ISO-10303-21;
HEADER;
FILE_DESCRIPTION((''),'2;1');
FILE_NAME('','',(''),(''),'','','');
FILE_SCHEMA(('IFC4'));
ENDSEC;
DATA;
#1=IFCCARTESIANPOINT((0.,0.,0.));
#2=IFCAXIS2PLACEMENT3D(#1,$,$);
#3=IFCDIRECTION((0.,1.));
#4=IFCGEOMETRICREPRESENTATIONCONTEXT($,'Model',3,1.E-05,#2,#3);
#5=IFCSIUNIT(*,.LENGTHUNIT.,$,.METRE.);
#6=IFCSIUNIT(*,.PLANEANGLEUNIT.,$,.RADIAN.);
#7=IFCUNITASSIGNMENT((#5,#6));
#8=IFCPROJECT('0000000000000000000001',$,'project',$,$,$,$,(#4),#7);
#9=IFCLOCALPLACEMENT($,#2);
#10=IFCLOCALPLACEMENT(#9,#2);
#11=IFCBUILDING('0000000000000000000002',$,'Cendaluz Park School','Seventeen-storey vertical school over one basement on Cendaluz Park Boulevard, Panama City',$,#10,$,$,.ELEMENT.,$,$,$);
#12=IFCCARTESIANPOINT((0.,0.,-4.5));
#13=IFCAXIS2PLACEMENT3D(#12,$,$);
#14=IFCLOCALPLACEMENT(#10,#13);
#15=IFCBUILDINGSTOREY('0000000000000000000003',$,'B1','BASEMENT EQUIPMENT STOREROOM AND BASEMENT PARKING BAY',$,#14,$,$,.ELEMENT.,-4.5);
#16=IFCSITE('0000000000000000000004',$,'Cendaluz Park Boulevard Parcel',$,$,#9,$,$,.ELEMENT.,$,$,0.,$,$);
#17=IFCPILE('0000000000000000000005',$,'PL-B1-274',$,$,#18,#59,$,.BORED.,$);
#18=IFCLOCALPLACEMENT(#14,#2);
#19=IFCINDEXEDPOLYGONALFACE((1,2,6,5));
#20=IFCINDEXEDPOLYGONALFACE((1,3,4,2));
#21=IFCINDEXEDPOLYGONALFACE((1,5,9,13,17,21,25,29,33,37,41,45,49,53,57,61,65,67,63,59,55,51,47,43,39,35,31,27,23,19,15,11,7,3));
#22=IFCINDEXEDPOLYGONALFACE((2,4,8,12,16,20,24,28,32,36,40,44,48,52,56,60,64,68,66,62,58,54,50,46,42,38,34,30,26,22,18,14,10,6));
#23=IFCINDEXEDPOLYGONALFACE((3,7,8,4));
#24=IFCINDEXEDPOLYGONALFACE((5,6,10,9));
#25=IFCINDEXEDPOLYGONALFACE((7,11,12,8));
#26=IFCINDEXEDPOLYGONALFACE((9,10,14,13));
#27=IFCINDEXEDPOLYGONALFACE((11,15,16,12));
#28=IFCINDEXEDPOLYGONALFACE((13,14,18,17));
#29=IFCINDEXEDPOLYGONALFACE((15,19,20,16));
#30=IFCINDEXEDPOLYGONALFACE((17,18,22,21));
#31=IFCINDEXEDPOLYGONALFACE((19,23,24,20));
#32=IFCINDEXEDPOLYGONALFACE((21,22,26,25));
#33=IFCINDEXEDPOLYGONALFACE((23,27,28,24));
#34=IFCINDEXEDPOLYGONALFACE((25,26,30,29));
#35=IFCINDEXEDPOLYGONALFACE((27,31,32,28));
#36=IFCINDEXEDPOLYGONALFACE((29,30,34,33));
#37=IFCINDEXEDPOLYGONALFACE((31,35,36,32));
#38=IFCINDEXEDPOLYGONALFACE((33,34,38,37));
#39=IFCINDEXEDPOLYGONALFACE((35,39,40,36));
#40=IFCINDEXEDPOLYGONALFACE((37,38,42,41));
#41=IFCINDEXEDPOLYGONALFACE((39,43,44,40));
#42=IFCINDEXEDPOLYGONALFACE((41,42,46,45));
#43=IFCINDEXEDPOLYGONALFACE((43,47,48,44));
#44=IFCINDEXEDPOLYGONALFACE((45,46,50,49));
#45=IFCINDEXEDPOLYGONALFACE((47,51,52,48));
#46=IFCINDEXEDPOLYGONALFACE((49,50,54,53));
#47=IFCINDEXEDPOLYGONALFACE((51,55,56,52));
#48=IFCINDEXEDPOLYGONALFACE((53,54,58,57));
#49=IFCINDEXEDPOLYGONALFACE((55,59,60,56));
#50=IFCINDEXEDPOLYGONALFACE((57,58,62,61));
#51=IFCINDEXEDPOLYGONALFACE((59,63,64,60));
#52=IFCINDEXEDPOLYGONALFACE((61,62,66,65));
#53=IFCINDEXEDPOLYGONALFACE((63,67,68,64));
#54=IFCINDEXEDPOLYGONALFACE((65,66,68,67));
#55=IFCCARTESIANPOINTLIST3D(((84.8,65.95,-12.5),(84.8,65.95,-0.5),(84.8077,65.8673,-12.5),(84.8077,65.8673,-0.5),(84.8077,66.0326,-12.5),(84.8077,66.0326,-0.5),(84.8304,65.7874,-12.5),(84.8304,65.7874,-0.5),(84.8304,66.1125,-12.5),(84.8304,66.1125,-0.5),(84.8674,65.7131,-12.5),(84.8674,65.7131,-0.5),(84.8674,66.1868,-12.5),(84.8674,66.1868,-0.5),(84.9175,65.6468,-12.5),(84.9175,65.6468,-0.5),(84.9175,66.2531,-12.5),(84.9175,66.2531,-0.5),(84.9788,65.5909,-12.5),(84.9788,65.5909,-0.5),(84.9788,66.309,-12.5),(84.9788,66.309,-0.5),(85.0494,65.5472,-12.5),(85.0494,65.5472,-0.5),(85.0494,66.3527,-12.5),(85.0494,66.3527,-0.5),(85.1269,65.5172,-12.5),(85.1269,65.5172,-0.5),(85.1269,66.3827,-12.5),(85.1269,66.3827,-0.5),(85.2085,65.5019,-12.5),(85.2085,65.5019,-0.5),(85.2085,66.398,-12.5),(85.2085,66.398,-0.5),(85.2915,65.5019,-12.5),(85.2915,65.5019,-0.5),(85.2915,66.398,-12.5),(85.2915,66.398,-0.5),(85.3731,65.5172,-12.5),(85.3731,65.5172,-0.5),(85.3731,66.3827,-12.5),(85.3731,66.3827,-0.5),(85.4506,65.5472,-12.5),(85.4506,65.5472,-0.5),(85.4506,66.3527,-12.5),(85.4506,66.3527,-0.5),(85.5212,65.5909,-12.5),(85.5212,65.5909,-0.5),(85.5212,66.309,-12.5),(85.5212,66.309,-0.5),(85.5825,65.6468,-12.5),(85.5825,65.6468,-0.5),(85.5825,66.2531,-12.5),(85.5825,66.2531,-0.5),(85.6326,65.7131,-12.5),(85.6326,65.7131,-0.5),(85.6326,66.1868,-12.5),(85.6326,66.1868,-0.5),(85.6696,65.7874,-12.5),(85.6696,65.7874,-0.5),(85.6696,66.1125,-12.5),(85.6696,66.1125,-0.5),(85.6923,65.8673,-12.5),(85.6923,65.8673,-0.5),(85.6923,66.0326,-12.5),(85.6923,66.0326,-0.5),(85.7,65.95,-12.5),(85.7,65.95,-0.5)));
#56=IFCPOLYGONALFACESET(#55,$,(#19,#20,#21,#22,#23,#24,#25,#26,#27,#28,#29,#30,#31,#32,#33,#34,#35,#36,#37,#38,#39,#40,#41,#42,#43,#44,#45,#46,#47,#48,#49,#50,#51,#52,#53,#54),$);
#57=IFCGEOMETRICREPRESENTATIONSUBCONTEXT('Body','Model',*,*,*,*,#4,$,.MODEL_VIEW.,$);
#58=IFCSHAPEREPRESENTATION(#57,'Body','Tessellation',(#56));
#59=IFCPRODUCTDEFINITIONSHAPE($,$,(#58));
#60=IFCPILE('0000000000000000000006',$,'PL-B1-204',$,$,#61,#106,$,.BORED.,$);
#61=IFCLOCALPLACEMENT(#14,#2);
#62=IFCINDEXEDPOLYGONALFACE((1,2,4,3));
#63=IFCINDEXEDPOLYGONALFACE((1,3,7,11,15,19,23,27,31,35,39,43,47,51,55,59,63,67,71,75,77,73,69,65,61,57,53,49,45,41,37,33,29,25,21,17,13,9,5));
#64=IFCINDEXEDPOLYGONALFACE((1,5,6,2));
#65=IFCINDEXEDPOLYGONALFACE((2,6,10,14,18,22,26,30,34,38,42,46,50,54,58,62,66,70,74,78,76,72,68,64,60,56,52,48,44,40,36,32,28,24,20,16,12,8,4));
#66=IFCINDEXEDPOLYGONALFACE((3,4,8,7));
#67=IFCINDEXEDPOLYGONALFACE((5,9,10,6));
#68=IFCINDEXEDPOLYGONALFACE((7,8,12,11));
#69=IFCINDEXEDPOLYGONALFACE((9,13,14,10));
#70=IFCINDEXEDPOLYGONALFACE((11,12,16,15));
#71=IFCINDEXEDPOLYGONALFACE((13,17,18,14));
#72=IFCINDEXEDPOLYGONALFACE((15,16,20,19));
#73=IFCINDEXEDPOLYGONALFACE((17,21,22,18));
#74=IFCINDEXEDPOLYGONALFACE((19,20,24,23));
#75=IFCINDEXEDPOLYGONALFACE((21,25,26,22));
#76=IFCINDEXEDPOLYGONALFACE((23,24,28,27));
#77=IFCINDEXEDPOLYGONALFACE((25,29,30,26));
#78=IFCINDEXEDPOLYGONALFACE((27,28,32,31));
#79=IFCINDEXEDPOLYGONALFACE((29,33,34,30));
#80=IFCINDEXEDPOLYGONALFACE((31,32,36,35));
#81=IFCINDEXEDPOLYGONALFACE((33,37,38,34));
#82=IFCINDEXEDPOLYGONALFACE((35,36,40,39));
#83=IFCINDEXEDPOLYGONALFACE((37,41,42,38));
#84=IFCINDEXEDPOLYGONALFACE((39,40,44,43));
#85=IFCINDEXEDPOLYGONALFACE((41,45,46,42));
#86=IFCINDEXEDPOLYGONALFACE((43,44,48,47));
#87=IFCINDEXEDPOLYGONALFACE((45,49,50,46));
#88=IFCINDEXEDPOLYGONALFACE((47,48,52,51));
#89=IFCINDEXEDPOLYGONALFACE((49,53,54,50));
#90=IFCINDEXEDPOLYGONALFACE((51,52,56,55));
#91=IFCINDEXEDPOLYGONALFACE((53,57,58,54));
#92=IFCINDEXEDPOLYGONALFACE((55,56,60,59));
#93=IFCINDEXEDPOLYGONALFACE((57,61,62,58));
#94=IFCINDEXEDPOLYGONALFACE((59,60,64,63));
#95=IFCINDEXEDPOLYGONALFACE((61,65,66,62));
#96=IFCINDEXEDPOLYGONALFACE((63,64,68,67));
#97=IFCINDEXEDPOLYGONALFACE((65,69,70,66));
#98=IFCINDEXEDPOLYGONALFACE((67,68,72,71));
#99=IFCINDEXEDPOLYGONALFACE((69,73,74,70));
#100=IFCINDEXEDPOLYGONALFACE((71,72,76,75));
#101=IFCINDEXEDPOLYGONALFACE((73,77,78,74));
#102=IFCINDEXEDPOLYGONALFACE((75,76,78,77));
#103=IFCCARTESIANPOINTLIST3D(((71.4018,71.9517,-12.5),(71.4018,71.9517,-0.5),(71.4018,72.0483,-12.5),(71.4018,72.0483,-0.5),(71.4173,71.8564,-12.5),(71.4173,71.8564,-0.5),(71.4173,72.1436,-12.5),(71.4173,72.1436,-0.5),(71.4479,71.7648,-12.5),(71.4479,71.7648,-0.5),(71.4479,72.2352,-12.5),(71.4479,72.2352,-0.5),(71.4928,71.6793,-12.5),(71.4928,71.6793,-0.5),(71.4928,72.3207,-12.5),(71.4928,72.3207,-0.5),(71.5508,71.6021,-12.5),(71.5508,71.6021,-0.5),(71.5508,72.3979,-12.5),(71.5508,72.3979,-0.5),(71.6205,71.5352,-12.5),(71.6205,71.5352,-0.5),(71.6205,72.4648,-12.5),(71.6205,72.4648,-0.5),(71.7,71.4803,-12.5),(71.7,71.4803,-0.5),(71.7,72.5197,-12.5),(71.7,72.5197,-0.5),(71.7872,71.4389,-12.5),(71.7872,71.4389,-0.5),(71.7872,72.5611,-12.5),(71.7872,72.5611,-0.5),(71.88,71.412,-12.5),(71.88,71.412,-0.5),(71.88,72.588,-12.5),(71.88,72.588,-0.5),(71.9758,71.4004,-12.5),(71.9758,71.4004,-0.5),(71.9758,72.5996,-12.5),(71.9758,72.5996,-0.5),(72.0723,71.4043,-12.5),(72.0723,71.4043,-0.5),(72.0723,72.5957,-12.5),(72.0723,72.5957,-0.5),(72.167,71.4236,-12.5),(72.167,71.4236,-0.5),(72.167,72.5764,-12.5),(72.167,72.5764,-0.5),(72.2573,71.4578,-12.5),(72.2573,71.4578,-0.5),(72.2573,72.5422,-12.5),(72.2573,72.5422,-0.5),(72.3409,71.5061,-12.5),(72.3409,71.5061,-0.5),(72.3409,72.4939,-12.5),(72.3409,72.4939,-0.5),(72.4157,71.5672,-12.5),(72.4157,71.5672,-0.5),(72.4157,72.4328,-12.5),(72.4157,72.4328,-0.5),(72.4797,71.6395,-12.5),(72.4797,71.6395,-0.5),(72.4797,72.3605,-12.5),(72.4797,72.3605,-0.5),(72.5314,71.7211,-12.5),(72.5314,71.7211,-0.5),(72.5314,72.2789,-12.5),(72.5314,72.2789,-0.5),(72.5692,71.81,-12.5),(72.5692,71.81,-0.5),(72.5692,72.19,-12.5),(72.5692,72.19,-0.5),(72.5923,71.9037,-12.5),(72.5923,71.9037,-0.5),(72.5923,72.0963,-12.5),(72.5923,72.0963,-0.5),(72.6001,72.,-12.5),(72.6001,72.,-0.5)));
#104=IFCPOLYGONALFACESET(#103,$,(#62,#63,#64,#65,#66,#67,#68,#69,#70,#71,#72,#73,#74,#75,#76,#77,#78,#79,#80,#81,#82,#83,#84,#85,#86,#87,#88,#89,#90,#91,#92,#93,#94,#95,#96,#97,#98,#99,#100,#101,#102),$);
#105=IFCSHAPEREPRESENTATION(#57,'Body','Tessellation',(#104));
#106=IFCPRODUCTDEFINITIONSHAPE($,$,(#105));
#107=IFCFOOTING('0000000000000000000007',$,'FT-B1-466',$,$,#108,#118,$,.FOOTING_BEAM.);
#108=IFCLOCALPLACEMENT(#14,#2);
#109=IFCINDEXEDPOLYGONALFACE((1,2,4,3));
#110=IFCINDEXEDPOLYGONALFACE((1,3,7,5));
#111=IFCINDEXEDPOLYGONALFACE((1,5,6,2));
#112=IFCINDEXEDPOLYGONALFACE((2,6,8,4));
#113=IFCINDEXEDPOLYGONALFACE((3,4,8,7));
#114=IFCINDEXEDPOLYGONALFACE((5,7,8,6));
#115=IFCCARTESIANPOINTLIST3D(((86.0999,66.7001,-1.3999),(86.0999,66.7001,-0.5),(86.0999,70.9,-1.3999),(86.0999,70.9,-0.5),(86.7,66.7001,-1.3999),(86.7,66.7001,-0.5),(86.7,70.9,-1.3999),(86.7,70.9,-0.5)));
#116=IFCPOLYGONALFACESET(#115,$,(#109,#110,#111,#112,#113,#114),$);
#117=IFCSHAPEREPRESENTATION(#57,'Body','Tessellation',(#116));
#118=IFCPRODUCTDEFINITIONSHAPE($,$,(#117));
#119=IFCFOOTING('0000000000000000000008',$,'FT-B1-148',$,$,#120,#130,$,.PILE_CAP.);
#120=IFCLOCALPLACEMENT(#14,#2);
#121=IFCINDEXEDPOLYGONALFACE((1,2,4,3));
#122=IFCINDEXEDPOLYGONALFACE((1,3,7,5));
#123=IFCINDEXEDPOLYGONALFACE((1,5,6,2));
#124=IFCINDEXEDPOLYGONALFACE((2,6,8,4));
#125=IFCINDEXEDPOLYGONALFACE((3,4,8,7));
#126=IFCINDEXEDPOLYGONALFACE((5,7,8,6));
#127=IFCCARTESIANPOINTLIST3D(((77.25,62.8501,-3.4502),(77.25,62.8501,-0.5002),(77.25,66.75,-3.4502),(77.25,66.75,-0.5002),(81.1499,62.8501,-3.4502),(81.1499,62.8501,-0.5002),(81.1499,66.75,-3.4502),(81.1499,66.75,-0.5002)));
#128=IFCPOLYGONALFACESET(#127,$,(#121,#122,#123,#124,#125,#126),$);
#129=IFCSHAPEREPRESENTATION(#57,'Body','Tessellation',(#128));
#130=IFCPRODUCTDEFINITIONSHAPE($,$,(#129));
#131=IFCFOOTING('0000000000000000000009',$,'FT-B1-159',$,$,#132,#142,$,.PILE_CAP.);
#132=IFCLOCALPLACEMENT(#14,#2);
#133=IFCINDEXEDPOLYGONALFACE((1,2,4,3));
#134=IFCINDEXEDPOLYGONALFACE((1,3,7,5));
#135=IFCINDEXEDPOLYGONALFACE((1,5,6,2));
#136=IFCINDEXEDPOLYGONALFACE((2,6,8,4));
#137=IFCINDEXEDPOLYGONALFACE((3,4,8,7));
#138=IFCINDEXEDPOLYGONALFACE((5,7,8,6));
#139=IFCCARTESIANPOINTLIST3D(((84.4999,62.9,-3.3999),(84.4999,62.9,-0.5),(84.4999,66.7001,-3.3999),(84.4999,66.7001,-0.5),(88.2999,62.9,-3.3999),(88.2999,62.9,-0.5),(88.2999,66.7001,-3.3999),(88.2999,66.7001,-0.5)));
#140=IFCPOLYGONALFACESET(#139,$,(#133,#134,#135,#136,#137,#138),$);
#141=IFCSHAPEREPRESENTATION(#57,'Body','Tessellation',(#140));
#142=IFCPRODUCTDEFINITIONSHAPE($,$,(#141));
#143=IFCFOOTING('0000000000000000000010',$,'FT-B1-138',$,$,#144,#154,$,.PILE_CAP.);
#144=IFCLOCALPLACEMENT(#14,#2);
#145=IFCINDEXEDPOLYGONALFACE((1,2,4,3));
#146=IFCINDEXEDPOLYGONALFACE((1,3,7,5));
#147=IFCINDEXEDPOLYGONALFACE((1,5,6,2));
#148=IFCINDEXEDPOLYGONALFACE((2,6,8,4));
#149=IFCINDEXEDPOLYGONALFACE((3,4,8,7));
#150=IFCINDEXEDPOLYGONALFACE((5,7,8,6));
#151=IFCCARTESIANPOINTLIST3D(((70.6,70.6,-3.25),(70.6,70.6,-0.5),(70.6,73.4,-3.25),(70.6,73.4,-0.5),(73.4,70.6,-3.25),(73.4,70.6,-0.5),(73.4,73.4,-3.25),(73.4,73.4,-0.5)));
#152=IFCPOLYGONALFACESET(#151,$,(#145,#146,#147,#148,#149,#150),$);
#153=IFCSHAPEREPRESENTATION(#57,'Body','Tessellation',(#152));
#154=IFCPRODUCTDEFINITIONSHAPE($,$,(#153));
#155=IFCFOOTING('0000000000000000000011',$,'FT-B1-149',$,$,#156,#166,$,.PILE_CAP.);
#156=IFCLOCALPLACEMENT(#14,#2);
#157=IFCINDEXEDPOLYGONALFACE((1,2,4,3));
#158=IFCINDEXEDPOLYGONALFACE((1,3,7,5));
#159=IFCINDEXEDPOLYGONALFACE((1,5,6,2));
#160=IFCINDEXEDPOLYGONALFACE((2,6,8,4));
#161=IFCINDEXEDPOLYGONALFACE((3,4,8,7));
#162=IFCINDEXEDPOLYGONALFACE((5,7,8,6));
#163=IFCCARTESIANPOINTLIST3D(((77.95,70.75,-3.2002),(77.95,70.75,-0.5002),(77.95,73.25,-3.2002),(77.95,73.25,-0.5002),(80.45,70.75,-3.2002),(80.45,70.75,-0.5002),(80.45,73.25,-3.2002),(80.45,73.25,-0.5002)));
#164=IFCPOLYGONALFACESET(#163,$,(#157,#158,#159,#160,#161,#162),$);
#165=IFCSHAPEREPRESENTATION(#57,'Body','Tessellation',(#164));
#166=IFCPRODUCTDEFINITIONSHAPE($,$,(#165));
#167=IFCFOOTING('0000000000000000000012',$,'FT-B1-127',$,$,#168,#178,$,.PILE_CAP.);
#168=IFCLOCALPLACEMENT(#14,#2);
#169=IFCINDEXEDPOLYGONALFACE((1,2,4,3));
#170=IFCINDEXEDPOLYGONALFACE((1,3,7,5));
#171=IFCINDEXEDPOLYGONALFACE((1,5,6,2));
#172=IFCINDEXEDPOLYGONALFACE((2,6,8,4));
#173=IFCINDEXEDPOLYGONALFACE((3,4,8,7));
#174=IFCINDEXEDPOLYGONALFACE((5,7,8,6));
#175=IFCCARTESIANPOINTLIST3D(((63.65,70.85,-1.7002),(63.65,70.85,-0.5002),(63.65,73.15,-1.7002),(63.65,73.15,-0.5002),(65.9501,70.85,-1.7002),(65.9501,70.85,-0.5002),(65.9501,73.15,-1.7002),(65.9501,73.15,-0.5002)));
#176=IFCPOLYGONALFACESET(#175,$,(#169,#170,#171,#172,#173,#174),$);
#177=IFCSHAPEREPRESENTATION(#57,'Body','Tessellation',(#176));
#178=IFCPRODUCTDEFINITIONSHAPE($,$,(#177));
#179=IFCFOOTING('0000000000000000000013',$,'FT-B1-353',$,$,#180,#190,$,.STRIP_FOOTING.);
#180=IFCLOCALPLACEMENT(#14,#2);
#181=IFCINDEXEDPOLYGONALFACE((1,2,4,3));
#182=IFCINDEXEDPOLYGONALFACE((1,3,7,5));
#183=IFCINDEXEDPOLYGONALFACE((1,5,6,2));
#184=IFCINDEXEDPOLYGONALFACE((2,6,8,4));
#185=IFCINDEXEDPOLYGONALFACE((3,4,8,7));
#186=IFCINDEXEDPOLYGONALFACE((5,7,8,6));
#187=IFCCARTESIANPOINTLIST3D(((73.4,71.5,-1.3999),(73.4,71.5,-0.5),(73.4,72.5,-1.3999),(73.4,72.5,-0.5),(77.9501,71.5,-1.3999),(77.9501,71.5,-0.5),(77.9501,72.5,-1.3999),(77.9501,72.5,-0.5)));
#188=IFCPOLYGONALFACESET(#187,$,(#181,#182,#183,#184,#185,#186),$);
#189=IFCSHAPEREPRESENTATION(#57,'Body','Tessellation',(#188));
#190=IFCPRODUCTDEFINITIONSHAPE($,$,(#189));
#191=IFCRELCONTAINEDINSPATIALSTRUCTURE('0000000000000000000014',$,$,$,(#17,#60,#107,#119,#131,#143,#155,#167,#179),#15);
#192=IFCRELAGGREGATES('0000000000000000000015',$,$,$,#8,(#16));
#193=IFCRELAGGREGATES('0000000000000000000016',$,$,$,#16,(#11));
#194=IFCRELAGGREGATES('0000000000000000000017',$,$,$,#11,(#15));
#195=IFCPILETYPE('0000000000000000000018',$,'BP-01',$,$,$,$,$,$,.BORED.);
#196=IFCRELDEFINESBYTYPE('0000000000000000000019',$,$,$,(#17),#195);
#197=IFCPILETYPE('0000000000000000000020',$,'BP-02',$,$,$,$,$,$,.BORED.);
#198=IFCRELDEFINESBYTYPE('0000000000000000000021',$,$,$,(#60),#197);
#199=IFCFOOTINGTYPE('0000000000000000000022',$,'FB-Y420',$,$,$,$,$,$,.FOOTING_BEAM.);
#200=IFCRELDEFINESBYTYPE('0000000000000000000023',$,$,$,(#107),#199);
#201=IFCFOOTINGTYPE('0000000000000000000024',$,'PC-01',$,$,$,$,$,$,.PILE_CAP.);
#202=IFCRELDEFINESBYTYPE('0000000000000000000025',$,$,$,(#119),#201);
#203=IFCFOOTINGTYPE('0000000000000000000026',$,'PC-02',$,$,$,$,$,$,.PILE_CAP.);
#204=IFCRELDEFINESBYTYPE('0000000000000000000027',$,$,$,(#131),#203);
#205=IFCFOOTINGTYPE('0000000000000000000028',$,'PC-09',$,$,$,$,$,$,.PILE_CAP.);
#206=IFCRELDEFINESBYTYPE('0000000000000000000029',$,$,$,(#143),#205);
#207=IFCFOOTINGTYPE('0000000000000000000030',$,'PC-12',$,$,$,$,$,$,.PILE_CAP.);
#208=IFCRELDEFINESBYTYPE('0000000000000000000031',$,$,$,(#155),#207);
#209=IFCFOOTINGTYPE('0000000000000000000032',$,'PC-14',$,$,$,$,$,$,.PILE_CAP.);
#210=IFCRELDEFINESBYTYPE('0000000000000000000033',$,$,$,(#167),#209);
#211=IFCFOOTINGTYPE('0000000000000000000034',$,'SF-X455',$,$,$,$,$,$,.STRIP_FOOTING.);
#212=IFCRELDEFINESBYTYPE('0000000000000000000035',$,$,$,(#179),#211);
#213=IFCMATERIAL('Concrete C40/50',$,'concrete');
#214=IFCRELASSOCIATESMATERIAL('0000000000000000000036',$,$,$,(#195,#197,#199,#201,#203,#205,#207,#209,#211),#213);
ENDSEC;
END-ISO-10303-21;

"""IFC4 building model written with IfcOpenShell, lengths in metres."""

from ifc_helpers import new_model, si_unit, direction, frame, origin, origin_2d, place, context, subcontext, project, spatial, rectangle, circle, extrude, material, material_profile, profile_set, type_object, element, save


model = new_model("IFC4")

# Units and contexts
model_context = context("Model", 3, precision=1e-05, world=origin(), true_north=direction((0.0, 1.0)))
body_context = subcontext(model_context, "Body", "Model", "MODEL_VIEW")
ifc_project = project(units=[si_unit("LENGTHUNIT", "METRE"), si_unit("PLANEANGLEUNIT", "RADIAN")], contexts=[model_context])

# Site, building, storey
site_placement = place(None, origin())
site = spatial("IfcSite", under=ifc_project, at=site_placement, Name="Cendaluz Park Boulevard Parcel", CompositionType="ELEMENT", RefElevation=0.0)
building_placement = place(site_placement, origin())
building = spatial("IfcBuilding", under=site, at=building_placement, Name="Cendaluz Park School", Description="Seventeen-storey vertical school over one basement on Cendaluz Park Boulevard, Panama City", CompositionType="ELEMENT")
storey_placement = place(building_placement, frame((0.0, 0.0, -4.5)))
storey = spatial("IfcBuildingStorey", under=building, at=storey_placement, Name="B1", Description="BASEMENT EQUIPMENT STOREROOM AND BASEMENT PARKING BAY", CompositionType="ELEMENT", Elevation=-4.5)

# Piles
ifc_material_1 = material(Name="Concrete C40/50", Category="concrete")
ifc_material_profile_1 = material_profile(ifc_material_1, circle(Radius=0.45, at=origin_2d()), Name="BP D900", Category="concrete")
ifc_profile_set_1 = profile_set([ifc_material_profile_1], Name="Concrete C40/50")
pile_type_1 = type_object("IfcPileType", Name="BP-01", PredefinedType="BORED", material=ifc_profile_set_1)
for number, where, z_axis, x_axis, name in (
    (1, (85.25, 65.95, -0.5), (0.0, 0.0, -1.0), (1.0, 0.0, 0.0), "PL-B1-274"),
):
    element("IfcPile", number, at=place(storey_placement, frame(where, z_axis=z_axis, x_axis=x_axis)), inside=storey, type_object=pile_type_1, Name=name, PredefinedType="BORED", context=body_context, shape_type="SweptSolid", body=[
        extrude(circle(Radius=0.45, at=origin_2d()), origin(), (0.0, 0.0, 1.0), 12.0),
    ])
ifc_material_profile_2 = material_profile(ifc_material_1, circle(Radius=0.6001, at=origin_2d()), Name="BP D1200", Category="concrete")
ifc_profile_set_2 = profile_set([ifc_material_profile_2], Name="Concrete C40/50")
pile_type_2 = type_object("IfcPileType", Name="BP-02", PredefinedType="BORED", material=ifc_profile_set_2)
pile_placement = place(storey_placement, frame((72.0, 72.0, -0.5), z_axis=(0.0, 0.0, -1.0), x_axis=(1.0, 0.0, 0.0)))
element("IfcPile", 2, at=pile_placement, inside=storey, type_object=pile_type_2, Name="PL-B1-204", PredefinedType="BORED", context=body_context, shape_type="SweptSolid", body=[
    extrude(circle(Radius=0.6001, at=origin_2d()), origin(), (0.0, 0.0, 1.0), 12.0),
])

# Footings
footing_type_1 = type_object("IfcFootingType", Name="FB-Y420", PredefinedType="FOOTING_BEAM", material=ifc_material_1)
footing_1_placement = place(storey_placement, frame((86.3999, 68.8, -1.3999), z_axis=(0.0, 0.0, 1.0), x_axis=(1.0, 0.0, 0.0)))
element("IfcFooting", 3, at=footing_1_placement, inside=storey, type_object=footing_type_1, Name="FT-B1-466", PredefinedType="FOOTING_BEAM", context=body_context, shape_type="SweptSolid", body=[
    extrude(rectangle(XDim=0.6001, YDim=4.2, at=origin_2d()), origin(), (0.0, 0.0, 1.0), 0.8999),
])
footing_type_2 = type_object("IfcFootingType", Name="PC-01", PredefinedType="PILE_CAP", material=ifc_material_1)
footing_2_placement = place(storey_placement, frame((79.2, 64.8, -3.4502), z_axis=(0.0, 0.0, 1.0), x_axis=(1.0, 0.0, 0.0)))
element("IfcFooting", 4, at=footing_2_placement, inside=storey, type_object=footing_type_2, Name="FT-B1-148", PredefinedType="PILE_CAP", context=body_context, shape_type="SweptSolid", body=[
    extrude(rectangle(XDim=3.8999, YDim=3.8999, at=origin_2d()), origin(), (0.0, 0.0, 1.0), 2.95),
])
footing_type_3 = type_object("IfcFootingType", Name="PC-02", PredefinedType="PILE_CAP", material=ifc_material_1)
footing_3_placement = place(storey_placement, frame((86.3999, 64.8, -3.3999), z_axis=(0.0, 0.0, 1.0), x_axis=(1.0, 0.0, 0.0)))
element("IfcFooting", 5, at=footing_3_placement, inside=storey, type_object=footing_type_3, Name="FT-B1-159", PredefinedType="PILE_CAP", context=body_context, shape_type="SweptSolid", body=[
    extrude(rectangle(XDim=3.8, YDim=3.8, at=origin_2d()), origin(), (0.0, 0.0, 1.0), 2.8999),
])
footing_type_4 = type_object("IfcFootingType", Name="PC-09", PredefinedType="PILE_CAP", material=ifc_material_1)
footing_4_placement = place(storey_placement, frame((72.0, 72.0, -3.25), z_axis=(0.0, 0.0, 1.0), x_axis=(1.0, 0.0, 0.0)))
element("IfcFooting", 6, at=footing_4_placement, inside=storey, type_object=footing_type_4, Name="FT-B1-138", PredefinedType="PILE_CAP", context=body_context, shape_type="SweptSolid", body=[
    extrude(rectangle(XDim=2.8, YDim=2.8, at=origin_2d()), origin(), (0.0, 0.0, 1.0), 2.75),
])
footing_type_5 = type_object("IfcFootingType", Name="PC-12", PredefinedType="PILE_CAP", material=ifc_material_1)
footing_5_placement = place(storey_placement, frame((79.2, 72.0, -3.2002), z_axis=(0.0, 0.0, 1.0), x_axis=(1.0, 0.0, 0.0)))
element("IfcFooting", 7, at=footing_5_placement, inside=storey, type_object=footing_type_5, Name="FT-B1-149", PredefinedType="PILE_CAP", context=body_context, shape_type="SweptSolid", body=[
    extrude(rectangle(XDim=2.5, YDim=2.5, at=origin_2d()), origin(), (0.0, 0.0, 1.0), 2.7),
])
footing_type_6 = type_object("IfcFootingType", Name="PC-14", PredefinedType="PILE_CAP", material=ifc_material_1)
footing_6_placement = place(storey_placement, frame((64.8, 72.0, -1.7002), z_axis=(0.0, 0.0, 1.0), x_axis=(1.0, 0.0, 0.0)))
element("IfcFooting", 8, at=footing_6_placement, inside=storey, type_object=footing_type_6, Name="FT-B1-127", PredefinedType="PILE_CAP", context=body_context, shape_type="SweptSolid", body=[
    extrude(rectangle(XDim=2.3, YDim=2.3, at=origin_2d()), origin(), (0.0, 0.0, 1.0), 1.2),
])
footing_type_7 = type_object("IfcFootingType", Name="SF-X455", PredefinedType="STRIP_FOOTING", material=ifc_material_1)
footing_7_placement = place(storey_placement, frame((75.675, 72.0, -1.3999), z_axis=(0.0, 0.0, 1.0), x_axis=(1.0, 0.0, 0.0)))
element("IfcFooting", 9, at=footing_7_placement, inside=storey, type_object=footing_type_7, Name="FT-B1-353", PredefinedType="STRIP_FOOTING", context=body_context, shape_type="SweptSolid", body=[
    extrude(rectangle(XDim=4.55, YDim=1.0, at=origin_2d()), origin(), (0.0, 0.0, 1.0), 0.8999),
])

save(model, "model.ifc")
